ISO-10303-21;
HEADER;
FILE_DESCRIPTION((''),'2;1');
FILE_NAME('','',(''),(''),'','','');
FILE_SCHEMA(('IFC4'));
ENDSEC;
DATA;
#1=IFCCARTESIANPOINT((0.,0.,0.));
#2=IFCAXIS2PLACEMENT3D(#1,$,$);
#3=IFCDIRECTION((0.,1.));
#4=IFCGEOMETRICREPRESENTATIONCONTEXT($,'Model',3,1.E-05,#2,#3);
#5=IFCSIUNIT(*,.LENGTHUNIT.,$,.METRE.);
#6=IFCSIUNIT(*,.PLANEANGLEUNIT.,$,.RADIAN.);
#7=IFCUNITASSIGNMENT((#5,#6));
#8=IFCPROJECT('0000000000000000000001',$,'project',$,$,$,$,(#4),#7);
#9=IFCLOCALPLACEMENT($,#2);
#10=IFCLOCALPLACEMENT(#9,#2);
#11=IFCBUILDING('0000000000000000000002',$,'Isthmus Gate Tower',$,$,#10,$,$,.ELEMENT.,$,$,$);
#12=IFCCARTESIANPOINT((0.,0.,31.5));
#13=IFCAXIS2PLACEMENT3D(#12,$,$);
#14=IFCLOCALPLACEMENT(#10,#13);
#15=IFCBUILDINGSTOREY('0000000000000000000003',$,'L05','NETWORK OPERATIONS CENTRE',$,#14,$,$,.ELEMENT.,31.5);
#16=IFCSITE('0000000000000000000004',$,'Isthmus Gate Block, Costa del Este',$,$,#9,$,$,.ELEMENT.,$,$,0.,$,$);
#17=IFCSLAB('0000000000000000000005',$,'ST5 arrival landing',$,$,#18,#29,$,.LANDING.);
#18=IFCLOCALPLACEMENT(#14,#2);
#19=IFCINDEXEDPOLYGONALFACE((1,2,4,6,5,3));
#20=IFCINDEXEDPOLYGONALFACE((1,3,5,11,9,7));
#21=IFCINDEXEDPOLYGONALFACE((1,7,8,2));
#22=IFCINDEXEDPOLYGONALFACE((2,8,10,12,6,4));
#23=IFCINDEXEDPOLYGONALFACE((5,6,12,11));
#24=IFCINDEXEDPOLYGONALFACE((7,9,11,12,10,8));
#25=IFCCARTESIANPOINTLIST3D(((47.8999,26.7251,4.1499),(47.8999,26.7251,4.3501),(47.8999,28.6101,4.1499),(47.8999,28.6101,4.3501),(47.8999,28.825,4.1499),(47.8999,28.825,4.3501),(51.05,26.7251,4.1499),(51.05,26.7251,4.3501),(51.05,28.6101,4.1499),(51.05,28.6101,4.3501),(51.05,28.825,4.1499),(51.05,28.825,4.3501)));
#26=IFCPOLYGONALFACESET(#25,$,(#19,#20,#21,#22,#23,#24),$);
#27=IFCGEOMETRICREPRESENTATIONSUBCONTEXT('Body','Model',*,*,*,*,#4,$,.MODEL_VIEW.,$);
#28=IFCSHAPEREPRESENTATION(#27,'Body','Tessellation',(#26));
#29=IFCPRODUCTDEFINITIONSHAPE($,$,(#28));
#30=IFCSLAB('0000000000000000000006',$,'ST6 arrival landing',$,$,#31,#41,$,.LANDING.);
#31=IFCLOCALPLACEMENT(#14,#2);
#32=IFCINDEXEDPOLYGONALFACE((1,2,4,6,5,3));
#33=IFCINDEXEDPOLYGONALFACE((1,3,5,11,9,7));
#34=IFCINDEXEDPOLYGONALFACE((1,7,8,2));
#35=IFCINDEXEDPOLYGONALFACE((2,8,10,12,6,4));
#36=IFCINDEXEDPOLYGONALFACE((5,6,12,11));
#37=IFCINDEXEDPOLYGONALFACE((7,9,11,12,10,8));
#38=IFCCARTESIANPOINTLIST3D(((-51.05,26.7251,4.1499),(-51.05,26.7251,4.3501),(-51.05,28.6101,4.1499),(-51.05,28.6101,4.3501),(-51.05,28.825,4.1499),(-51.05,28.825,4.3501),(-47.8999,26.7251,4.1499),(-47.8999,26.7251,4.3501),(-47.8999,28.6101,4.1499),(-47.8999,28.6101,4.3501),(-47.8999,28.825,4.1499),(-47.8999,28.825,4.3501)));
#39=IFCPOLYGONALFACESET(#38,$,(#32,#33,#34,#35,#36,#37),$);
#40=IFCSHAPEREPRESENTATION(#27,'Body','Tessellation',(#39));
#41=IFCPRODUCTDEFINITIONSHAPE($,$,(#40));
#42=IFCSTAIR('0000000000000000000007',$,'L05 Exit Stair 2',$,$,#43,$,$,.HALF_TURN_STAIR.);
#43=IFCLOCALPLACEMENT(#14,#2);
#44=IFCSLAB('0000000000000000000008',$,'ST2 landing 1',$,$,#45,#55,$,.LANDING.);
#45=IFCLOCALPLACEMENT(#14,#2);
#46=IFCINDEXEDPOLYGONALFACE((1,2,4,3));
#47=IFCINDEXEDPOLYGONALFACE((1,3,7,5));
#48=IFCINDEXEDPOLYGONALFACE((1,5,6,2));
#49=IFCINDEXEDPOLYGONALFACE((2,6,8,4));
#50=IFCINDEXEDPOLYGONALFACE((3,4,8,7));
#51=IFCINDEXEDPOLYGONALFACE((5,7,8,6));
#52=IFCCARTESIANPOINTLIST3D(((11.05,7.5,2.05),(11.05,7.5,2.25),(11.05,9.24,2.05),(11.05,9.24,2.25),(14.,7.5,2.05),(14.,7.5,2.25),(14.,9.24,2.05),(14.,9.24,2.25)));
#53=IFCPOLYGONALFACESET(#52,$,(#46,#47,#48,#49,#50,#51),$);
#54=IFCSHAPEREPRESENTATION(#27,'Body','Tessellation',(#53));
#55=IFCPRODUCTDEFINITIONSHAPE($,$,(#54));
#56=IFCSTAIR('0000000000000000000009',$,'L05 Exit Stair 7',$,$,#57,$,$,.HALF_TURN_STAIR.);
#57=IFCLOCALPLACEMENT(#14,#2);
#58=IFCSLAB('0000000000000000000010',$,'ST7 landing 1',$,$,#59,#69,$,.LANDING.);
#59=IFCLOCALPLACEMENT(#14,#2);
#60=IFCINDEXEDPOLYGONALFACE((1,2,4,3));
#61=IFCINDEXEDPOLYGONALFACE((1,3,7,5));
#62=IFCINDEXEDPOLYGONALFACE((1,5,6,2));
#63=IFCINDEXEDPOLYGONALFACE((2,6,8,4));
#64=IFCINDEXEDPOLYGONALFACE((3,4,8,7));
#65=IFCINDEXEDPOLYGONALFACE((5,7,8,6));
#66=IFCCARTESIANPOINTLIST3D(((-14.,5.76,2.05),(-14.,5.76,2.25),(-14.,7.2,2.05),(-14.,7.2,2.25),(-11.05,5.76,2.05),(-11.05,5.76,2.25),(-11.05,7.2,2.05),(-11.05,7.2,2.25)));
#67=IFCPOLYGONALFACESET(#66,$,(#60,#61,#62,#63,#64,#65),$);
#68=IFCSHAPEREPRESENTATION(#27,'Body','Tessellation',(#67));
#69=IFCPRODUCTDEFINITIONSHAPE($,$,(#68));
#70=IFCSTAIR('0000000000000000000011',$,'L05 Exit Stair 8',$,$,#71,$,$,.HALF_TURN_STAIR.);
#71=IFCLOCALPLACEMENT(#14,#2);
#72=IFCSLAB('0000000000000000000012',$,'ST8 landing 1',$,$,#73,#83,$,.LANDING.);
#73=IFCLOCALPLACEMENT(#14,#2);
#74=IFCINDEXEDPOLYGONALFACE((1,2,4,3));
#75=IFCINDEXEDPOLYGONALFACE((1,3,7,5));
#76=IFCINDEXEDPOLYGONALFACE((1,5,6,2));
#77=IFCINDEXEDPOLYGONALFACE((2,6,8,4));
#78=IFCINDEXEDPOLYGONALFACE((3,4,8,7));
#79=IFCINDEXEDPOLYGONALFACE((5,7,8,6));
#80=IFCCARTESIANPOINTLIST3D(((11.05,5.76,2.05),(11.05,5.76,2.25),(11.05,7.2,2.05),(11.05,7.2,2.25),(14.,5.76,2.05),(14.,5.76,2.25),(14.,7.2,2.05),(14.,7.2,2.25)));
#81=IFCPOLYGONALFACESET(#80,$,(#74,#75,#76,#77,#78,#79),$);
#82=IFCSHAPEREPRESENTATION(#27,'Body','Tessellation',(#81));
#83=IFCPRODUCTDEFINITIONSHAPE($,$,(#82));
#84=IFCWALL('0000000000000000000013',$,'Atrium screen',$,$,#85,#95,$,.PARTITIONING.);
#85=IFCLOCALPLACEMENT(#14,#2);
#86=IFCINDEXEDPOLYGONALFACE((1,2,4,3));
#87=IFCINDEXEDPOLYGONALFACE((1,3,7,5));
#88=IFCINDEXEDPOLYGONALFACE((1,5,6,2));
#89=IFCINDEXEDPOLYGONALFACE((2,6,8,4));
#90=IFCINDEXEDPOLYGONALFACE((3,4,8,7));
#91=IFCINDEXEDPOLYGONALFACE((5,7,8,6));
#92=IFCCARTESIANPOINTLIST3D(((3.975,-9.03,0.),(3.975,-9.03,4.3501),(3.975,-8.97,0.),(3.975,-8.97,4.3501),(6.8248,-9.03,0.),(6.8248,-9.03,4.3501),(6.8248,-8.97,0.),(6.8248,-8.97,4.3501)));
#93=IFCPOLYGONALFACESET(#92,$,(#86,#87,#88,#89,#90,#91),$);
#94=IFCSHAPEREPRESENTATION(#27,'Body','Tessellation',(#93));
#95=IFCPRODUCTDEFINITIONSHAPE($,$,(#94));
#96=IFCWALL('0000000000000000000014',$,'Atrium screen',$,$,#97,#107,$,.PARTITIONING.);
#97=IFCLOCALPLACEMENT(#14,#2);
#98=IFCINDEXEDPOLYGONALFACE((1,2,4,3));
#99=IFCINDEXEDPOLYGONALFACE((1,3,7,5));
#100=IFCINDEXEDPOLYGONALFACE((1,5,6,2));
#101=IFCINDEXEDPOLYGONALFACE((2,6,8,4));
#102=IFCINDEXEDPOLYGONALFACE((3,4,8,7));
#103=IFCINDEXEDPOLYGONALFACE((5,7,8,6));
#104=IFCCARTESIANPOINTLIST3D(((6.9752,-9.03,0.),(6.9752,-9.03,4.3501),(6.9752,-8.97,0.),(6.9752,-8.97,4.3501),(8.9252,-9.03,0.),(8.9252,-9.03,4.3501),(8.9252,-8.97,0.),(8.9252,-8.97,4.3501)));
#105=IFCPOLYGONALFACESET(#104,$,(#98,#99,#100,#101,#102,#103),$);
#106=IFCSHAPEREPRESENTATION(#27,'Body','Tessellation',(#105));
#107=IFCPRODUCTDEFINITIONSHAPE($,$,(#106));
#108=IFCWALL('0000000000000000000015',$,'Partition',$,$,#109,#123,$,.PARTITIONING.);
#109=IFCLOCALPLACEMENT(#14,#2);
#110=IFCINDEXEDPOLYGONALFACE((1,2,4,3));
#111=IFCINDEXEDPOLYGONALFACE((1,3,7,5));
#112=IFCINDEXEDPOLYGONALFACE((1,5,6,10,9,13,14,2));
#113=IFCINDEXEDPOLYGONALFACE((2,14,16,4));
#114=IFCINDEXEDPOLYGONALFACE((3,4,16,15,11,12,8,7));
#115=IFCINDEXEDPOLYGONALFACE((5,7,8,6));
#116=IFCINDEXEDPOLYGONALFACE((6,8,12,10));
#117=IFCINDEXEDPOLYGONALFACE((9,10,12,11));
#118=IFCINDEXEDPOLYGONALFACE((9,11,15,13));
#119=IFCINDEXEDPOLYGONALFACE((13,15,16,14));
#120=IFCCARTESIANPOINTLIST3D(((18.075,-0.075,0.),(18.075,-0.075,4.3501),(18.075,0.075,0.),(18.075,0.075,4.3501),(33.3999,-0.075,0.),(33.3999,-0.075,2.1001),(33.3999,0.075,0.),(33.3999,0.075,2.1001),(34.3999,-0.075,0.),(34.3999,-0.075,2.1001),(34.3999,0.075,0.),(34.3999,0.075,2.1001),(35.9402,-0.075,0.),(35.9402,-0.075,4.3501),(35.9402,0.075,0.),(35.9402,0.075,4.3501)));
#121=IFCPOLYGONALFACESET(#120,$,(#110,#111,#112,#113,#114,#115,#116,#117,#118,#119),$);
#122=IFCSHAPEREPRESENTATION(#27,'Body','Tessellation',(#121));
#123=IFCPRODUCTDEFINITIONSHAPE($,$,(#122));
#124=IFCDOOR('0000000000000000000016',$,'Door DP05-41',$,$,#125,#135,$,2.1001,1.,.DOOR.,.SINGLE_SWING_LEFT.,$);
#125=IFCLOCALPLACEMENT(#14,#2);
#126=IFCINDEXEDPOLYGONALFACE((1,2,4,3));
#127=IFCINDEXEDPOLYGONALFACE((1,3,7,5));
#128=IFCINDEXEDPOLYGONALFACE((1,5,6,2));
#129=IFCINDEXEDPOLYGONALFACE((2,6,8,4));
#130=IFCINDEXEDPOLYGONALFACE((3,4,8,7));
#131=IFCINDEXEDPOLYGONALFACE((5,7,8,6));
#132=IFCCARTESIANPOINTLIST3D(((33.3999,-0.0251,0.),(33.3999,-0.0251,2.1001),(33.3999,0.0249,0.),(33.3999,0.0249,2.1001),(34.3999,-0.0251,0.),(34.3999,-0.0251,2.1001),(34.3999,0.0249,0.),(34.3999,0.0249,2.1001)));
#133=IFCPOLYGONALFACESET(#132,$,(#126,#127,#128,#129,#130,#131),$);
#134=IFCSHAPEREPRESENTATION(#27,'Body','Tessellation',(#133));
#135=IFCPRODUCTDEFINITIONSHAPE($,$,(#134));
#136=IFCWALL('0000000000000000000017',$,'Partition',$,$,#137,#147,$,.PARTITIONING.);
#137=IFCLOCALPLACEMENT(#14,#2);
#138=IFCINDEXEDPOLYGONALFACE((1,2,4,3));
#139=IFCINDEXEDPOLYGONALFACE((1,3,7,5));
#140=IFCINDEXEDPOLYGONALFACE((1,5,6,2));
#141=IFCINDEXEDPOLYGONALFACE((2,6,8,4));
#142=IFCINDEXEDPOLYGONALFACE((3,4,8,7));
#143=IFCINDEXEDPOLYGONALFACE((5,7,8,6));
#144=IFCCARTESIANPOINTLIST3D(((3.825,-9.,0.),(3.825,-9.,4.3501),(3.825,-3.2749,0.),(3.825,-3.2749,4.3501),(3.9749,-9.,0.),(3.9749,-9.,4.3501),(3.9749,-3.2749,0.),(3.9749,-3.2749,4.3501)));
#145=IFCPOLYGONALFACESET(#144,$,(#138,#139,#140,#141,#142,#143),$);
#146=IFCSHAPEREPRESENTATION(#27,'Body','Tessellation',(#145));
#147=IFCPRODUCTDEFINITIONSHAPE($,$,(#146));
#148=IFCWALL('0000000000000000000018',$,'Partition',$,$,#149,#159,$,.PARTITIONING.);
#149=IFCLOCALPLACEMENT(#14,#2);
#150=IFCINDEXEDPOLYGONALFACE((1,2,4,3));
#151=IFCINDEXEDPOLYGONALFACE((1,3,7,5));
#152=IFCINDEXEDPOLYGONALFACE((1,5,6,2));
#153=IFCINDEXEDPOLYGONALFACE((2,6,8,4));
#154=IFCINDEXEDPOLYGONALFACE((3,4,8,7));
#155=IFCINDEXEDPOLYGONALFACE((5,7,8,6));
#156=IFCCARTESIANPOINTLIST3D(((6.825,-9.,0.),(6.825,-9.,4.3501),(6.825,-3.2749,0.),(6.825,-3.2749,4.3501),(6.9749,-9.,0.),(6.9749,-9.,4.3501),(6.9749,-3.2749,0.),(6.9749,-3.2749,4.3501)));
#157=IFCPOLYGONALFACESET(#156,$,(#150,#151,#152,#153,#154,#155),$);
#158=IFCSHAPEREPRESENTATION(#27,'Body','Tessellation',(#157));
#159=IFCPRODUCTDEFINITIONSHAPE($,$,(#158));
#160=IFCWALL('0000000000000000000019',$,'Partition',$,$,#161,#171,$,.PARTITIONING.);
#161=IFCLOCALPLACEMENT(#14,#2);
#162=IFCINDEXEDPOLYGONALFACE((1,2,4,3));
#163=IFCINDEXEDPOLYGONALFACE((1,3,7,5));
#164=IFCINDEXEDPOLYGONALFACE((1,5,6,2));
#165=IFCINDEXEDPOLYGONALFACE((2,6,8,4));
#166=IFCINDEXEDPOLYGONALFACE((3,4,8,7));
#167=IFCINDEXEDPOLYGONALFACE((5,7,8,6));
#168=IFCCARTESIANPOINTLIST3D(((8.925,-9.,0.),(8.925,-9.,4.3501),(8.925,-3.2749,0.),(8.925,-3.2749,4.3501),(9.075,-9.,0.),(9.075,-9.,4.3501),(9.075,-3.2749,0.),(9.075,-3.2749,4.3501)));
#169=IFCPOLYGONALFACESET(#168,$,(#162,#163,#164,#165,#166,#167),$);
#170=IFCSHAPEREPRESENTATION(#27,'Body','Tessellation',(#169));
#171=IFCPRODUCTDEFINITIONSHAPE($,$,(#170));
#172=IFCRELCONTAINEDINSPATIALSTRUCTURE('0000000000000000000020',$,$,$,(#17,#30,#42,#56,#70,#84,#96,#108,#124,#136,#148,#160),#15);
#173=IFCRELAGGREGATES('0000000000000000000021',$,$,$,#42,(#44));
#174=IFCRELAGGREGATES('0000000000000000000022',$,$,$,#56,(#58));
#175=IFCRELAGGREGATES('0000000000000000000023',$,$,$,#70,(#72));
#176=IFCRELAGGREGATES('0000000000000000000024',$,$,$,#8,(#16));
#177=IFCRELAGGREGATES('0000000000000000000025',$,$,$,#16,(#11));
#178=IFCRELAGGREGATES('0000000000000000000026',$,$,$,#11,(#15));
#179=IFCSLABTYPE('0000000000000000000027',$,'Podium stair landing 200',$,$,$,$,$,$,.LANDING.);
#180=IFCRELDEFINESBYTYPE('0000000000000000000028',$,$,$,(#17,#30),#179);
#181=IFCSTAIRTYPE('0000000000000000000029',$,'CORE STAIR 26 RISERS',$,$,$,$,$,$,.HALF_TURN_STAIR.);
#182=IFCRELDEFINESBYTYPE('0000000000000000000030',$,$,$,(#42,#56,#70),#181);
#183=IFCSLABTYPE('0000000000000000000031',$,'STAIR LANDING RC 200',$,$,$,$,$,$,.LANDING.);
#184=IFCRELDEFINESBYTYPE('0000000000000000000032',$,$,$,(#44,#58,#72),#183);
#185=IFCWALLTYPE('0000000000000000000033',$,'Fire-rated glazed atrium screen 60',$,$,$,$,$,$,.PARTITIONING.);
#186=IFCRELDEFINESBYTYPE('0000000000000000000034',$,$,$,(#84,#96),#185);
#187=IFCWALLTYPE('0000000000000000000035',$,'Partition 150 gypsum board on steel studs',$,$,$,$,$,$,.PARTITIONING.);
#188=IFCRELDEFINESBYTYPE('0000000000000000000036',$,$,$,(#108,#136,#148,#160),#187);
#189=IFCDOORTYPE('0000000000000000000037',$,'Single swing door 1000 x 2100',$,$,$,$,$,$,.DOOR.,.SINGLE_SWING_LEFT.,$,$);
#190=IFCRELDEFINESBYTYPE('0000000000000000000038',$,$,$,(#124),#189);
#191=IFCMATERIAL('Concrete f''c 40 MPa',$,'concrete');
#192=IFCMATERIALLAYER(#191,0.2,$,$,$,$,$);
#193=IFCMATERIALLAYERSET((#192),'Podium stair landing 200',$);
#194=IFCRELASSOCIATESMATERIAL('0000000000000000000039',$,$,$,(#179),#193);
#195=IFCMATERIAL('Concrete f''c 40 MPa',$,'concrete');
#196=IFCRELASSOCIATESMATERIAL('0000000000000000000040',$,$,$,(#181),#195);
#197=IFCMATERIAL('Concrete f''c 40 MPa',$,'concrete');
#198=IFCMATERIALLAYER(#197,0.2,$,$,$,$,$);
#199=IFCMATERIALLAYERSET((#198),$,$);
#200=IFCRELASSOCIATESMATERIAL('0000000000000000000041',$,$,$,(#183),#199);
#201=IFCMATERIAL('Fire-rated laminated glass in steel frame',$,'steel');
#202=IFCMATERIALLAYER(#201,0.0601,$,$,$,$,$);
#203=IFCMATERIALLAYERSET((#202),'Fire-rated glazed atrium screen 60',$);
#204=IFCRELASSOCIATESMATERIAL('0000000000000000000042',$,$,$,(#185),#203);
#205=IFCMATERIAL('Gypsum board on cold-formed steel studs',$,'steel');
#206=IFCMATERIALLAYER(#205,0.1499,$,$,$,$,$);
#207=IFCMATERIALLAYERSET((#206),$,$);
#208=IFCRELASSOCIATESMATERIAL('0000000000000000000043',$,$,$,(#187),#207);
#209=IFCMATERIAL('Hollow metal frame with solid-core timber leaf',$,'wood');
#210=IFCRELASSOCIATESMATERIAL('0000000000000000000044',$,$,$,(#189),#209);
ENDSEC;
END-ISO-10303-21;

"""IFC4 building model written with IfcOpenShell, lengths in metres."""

from ifc_helpers import new_model, si_unit, direction, frame, frame_2d, origin, place, context, subcontext, project, spatial, polyline, rectangle, outline, extrude, material, layer, layer_set, type_object, element, fill, aggregate, save


model = new_model("IFC4")

# Units and contexts
model_context = context("Model", 3, precision=1e-05, world=origin(), true_north=direction((0.0, 1.0)))
body_context = subcontext(model_context, "Body", "Model", "MODEL_VIEW")
ifc_project = project(units=[si_unit("LENGTHUNIT", "METRE"), si_unit("PLANEANGLEUNIT", "RADIAN")], contexts=[model_context])

# Site, building, storey
site_placement = place(None, origin())
site = spatial("IfcSite", under=ifc_project, at=site_placement, Name="Isthmus Gate Block, Costa del Este", CompositionType="ELEMENT", RefElevation=0.0)
building_placement = place(site_placement, origin())
building = spatial("IfcBuilding", under=site, at=building_placement, Name="Isthmus Gate Tower", CompositionType="ELEMENT")
storey_placement = place(building_placement, frame((0.0, 0.0, 31.5)))
storey = spatial("IfcBuildingStorey", under=building, at=storey_placement, Name="L05", Description="NETWORK OPERATIONS CENTRE", CompositionType="ELEMENT", Elevation=31.5)

# Shared definitions
ifc_material_1 = material(Name="Concrete f'c 40 MPa", Category="concrete")
ifc_layer_1 = layer(ifc_material_1, 0.2)
ifc_layer_set_1 = layer_set([ifc_layer_1], Name="Podium stair landing 200")
slab_type_1 = type_object("IfcSlabType", Name="Podium stair landing 200", PredefinedType="LANDING", material=ifc_layer_set_1)

# Slabs
slab_1_placement = place(storey_placement, frame((0.0, 0.0, 4.1499)))
element("IfcSlab", 1, at=slab_1_placement, inside=storey, type_object=slab_type_1, Name="ST5 arrival landing", PredefinedType="LANDING", context=body_context, shape_type="SweptSolid", body=[
    extrude(outline(polyline([(51.05, 28.825), (51.05, 28.6101), (51.05, 26.7251), (47.8999, 26.7251), (47.8999, 28.6101), (47.8999, 28.825), (51.05, 28.825)])), origin(), (0.0, 0.0, 1.0), 0.2002),
])
slab_2_placement = place(storey_placement, frame((0.0, 0.0, 4.1499)))
element("IfcSlab", 2, at=slab_2_placement, inside=storey, type_object=slab_type_1, Name="ST6 arrival landing", PredefinedType="LANDING", context=body_context, shape_type="SweptSolid", body=[
    extrude(outline(polyline([(-47.8999, 28.825), (-47.8999, 28.6101), (-47.8999, 26.7251), (-51.05, 26.7251), (-51.05, 28.6101), (-51.05, 28.825), (-47.8999, 28.825)])), origin(), (0.0, 0.0, 1.0), 0.2002),
])

# Stairs, slabs
ifc_material_2 = material(Name="Concrete f'c 40 MPa", Category="concrete")
stair_type_1 = type_object("IfcStairType", Name="CORE STAIR 26 RISERS", PredefinedType="HALF_TURN_STAIR", material=ifc_material_2)
stair_1_placement = place(storey_placement, origin())
stair_1 = element("IfcStair", 3, at=stair_1_placement, inside=storey, type_object=stair_type_1, Name="L05 Exit Stair 2", PredefinedType="HALF_TURN_STAIR")
ifc_material_3 = material(Name="Concrete f'c 40 MPa", Category="concrete")
ifc_layer_2 = layer(ifc_material_3, 0.2)
ifc_layer_set_2 = layer_set([ifc_layer_2])
slab_type_2 = type_object("IfcSlabType", Name="STAIR LANDING RC 200", PredefinedType="LANDING", material=ifc_layer_set_2)
slab_3_placement = place(storey_placement, frame((0.0, 0.0, 2.05)))
slab_3 = element("IfcSlab", 4, at=slab_3_placement, type_object=slab_type_2, Name="ST2 landing 1", PredefinedType="LANDING", context=body_context, shape_type="SweptSolid", body=[
    extrude(outline(polyline([(11.05, 9.24), (11.05, 7.5), (14.0, 7.5), (14.0, 9.24), (11.05, 9.24)])), origin(), (0.0, 0.0, 1.0), 0.2),
])
aggregate(stair_1, [slab_3])
stair_2_placement = place(storey_placement, origin())
stair_2 = element("IfcStair", 5, at=stair_2_placement, inside=storey, type_object=stair_type_1, Name="L05 Exit Stair 7", PredefinedType="HALF_TURN_STAIR")
slab_4_placement = place(storey_placement, frame((0.0, 0.0, 2.05)))
slab_4 = element("IfcSlab", 6, at=slab_4_placement, type_object=slab_type_2, Name="ST7 landing 1", PredefinedType="LANDING", context=body_context, shape_type="SweptSolid", body=[
    extrude(outline(polyline([(-11.05, 5.76), (-11.05, 7.2), (-14.0, 7.2), (-14.0, 5.76), (-11.05, 5.76)])), origin(), (0.0, 0.0, 1.0), 0.2),
])
aggregate(stair_2, [slab_4])
stair_3_placement = place(storey_placement, origin())
stair_3 = element("IfcStair", 7, at=stair_3_placement, inside=storey, type_object=stair_type_1, Name="L05 Exit Stair 8", PredefinedType="HALF_TURN_STAIR")
slab_5_placement = place(storey_placement, frame((0.0, 0.0, 2.05)))
slab_5 = element("IfcSlab", 8, at=slab_5_placement, type_object=slab_type_2, Name="ST8 landing 1", PredefinedType="LANDING", context=body_context, shape_type="SweptSolid", body=[
    extrude(outline(polyline([(14.0, 5.76), (14.0, 7.2), (11.05, 7.2), (11.05, 5.76), (14.0, 5.76)])), origin(), (0.0, 0.0, 1.0), 0.2),
])
aggregate(stair_3, [slab_5])

# Walls
ifc_material_4 = material(Name="Fire-rated laminated glass in steel frame", Category="steel")
ifc_layer_3 = layer(ifc_material_4, 0.0601)
ifc_layer_set_3 = layer_set([ifc_layer_3], Name="Fire-rated glazed atrium screen 60")
wall_type_1 = type_object("IfcWallType", Name="Fire-rated glazed atrium screen 60", PredefinedType="PARTITIONING", material=ifc_layer_set_3)
wall_1_placement = place(storey_placement, frame((3.9751, -9.0, 0.0), z_axis=(0.0, 0.0, 1.0), x_axis=(1.0, 0.0, 0.0)))
element("IfcWall", 9, at=wall_1_placement, inside=storey, type_object=wall_type_1, Name="Atrium screen", PredefinedType="PARTITIONING", context=body_context, shape_type="SweptSolid", body=[
    extrude(rectangle(XDim=2.8499, YDim=0.0601, at=frame_2d((1.4248, 0.0))), origin(), (0.0, 0.0, 1.0), 4.3501),
])
wall_2_placement = place(storey_placement, frame((6.9751, -9.0, 0.0), z_axis=(0.0, 0.0, 1.0), x_axis=(1.0, 0.0, 0.0)))
element("IfcWall", 10, at=wall_2_placement, inside=storey, type_object=wall_type_1, Name="Atrium screen", PredefinedType="PARTITIONING", context=body_context, shape_type="SweptSolid", body=[
    extrude(rectangle(XDim=1.95, YDim=0.0601, at=frame_2d((0.9751, 0.0))), origin(), (0.0, 0.0, 1.0), 4.3501),
])

# Wall, opening, door
ifc_material_5 = material(Name="Gypsum board on cold-formed steel studs", Category="steel")
ifc_layer_4 = layer(ifc_material_5, 0.1499)
ifc_layer_set_4 = layer_set([ifc_layer_4])
wall_type_2 = type_object("IfcWallType", Name="Partition 150 gypsum board on steel studs", PredefinedType="PARTITIONING", material=ifc_layer_set_4)
wall_3_placement = place(storey_placement, frame((18.075, 0.0, 0.0), z_axis=(0.0, 0.0, 1.0), x_axis=(1.0, 0.0, 0.0)))
wall_3 = element("IfcWall", 11, at=wall_3_placement, inside=storey, type_object=wall_type_2, Name="Partition", PredefinedType="PARTITIONING", context=body_context, shape_type="SweptSolid", body=[
    extrude(rectangle(XDim=17.8652, YDim=0.1499, at=frame_2d((8.9326, 0.0))), origin(), (0.0, 0.0, 1.0), 4.3501),
])
opening_1_placement = place(wall_3_placement, frame((15.325, 0.0, 0.0)))
opening_1 = element("IfcOpeningElement", 12, at=opening_1_placement, cuts=wall_3, PredefinedType="OPENING", context=body_context, shape_type="SweptSolid", body=[
    extrude(rectangle(XDim=1.0, YDim=2.1001, at=frame_2d((0.5, 1.05))), frame((0.0, 0.085, 0.0), z_axis=(0.0, -1.0, 0.0), x_axis=(1.0, 0.0, 0.0)), (0.0, 0.0, 1.0), 0.1699),
])
ifc_material_6 = material(Name="Hollow metal frame with solid-core timber leaf", Category="wood")
door_type = type_object("IfcDoorType", Name="Single swing door 1000 x 2100", OperationType="SINGLE_SWING_LEFT", PredefinedType="DOOR", material=ifc_material_6)
door_1_placement = place(opening_1_placement, origin())
door_1 = element("IfcDoor", 13, at=door_1_placement, inside=storey, type_object=door_type, Name="Door DP05-41", OperationType="SINGLE_SWING_LEFT", OverallHeight=2.1001, OverallWidth=1.0, PredefinedType="DOOR", context=body_context, shape_type="SweptSolid", body=[
    extrude(rectangle(XDim=1.0, YDim=2.1001, at=frame_2d((0.5, 1.05))), frame((0.0, 0.0249, 0.0), z_axis=(0.0, -1.0, 0.0), x_axis=(1.0, 0.0, 0.0)), (0.0, 0.0, 1.0), 0.05),
])
fill(opening_1, door_1)

# Walls
for number, where, z_axis, x_axis, name in (
    (14, (3.8999, -9.0, 0.0), (0.0, 0.0, 1.0), (0.0, 1.0, 0.0), "Partition"),
    (15, (6.8999, -9.0, 0.0), (0.0, 0.0, 1.0), (0.0, 1.0, 0.0), "Partition"),
    (16, (9.0, -9.0, 0.0), (0.0, 0.0, 1.0), (0.0, 1.0, 0.0), "Partition"),
):
    element("IfcWall", number, at=place(storey_placement, frame(where, z_axis=z_axis, x_axis=x_axis)), inside=storey, type_object=wall_type_2, Name=name, PredefinedType="PARTITIONING", context=body_context, shape_type="SweptSolid", body=[
        extrude(rectangle(XDim=5.7251, YDim=0.1499, at=frame_2d((2.8625, 0.0))), origin(), (0.0, 0.0, 1.0), 4.3501),
    ])

save(model, "model.ifc")
